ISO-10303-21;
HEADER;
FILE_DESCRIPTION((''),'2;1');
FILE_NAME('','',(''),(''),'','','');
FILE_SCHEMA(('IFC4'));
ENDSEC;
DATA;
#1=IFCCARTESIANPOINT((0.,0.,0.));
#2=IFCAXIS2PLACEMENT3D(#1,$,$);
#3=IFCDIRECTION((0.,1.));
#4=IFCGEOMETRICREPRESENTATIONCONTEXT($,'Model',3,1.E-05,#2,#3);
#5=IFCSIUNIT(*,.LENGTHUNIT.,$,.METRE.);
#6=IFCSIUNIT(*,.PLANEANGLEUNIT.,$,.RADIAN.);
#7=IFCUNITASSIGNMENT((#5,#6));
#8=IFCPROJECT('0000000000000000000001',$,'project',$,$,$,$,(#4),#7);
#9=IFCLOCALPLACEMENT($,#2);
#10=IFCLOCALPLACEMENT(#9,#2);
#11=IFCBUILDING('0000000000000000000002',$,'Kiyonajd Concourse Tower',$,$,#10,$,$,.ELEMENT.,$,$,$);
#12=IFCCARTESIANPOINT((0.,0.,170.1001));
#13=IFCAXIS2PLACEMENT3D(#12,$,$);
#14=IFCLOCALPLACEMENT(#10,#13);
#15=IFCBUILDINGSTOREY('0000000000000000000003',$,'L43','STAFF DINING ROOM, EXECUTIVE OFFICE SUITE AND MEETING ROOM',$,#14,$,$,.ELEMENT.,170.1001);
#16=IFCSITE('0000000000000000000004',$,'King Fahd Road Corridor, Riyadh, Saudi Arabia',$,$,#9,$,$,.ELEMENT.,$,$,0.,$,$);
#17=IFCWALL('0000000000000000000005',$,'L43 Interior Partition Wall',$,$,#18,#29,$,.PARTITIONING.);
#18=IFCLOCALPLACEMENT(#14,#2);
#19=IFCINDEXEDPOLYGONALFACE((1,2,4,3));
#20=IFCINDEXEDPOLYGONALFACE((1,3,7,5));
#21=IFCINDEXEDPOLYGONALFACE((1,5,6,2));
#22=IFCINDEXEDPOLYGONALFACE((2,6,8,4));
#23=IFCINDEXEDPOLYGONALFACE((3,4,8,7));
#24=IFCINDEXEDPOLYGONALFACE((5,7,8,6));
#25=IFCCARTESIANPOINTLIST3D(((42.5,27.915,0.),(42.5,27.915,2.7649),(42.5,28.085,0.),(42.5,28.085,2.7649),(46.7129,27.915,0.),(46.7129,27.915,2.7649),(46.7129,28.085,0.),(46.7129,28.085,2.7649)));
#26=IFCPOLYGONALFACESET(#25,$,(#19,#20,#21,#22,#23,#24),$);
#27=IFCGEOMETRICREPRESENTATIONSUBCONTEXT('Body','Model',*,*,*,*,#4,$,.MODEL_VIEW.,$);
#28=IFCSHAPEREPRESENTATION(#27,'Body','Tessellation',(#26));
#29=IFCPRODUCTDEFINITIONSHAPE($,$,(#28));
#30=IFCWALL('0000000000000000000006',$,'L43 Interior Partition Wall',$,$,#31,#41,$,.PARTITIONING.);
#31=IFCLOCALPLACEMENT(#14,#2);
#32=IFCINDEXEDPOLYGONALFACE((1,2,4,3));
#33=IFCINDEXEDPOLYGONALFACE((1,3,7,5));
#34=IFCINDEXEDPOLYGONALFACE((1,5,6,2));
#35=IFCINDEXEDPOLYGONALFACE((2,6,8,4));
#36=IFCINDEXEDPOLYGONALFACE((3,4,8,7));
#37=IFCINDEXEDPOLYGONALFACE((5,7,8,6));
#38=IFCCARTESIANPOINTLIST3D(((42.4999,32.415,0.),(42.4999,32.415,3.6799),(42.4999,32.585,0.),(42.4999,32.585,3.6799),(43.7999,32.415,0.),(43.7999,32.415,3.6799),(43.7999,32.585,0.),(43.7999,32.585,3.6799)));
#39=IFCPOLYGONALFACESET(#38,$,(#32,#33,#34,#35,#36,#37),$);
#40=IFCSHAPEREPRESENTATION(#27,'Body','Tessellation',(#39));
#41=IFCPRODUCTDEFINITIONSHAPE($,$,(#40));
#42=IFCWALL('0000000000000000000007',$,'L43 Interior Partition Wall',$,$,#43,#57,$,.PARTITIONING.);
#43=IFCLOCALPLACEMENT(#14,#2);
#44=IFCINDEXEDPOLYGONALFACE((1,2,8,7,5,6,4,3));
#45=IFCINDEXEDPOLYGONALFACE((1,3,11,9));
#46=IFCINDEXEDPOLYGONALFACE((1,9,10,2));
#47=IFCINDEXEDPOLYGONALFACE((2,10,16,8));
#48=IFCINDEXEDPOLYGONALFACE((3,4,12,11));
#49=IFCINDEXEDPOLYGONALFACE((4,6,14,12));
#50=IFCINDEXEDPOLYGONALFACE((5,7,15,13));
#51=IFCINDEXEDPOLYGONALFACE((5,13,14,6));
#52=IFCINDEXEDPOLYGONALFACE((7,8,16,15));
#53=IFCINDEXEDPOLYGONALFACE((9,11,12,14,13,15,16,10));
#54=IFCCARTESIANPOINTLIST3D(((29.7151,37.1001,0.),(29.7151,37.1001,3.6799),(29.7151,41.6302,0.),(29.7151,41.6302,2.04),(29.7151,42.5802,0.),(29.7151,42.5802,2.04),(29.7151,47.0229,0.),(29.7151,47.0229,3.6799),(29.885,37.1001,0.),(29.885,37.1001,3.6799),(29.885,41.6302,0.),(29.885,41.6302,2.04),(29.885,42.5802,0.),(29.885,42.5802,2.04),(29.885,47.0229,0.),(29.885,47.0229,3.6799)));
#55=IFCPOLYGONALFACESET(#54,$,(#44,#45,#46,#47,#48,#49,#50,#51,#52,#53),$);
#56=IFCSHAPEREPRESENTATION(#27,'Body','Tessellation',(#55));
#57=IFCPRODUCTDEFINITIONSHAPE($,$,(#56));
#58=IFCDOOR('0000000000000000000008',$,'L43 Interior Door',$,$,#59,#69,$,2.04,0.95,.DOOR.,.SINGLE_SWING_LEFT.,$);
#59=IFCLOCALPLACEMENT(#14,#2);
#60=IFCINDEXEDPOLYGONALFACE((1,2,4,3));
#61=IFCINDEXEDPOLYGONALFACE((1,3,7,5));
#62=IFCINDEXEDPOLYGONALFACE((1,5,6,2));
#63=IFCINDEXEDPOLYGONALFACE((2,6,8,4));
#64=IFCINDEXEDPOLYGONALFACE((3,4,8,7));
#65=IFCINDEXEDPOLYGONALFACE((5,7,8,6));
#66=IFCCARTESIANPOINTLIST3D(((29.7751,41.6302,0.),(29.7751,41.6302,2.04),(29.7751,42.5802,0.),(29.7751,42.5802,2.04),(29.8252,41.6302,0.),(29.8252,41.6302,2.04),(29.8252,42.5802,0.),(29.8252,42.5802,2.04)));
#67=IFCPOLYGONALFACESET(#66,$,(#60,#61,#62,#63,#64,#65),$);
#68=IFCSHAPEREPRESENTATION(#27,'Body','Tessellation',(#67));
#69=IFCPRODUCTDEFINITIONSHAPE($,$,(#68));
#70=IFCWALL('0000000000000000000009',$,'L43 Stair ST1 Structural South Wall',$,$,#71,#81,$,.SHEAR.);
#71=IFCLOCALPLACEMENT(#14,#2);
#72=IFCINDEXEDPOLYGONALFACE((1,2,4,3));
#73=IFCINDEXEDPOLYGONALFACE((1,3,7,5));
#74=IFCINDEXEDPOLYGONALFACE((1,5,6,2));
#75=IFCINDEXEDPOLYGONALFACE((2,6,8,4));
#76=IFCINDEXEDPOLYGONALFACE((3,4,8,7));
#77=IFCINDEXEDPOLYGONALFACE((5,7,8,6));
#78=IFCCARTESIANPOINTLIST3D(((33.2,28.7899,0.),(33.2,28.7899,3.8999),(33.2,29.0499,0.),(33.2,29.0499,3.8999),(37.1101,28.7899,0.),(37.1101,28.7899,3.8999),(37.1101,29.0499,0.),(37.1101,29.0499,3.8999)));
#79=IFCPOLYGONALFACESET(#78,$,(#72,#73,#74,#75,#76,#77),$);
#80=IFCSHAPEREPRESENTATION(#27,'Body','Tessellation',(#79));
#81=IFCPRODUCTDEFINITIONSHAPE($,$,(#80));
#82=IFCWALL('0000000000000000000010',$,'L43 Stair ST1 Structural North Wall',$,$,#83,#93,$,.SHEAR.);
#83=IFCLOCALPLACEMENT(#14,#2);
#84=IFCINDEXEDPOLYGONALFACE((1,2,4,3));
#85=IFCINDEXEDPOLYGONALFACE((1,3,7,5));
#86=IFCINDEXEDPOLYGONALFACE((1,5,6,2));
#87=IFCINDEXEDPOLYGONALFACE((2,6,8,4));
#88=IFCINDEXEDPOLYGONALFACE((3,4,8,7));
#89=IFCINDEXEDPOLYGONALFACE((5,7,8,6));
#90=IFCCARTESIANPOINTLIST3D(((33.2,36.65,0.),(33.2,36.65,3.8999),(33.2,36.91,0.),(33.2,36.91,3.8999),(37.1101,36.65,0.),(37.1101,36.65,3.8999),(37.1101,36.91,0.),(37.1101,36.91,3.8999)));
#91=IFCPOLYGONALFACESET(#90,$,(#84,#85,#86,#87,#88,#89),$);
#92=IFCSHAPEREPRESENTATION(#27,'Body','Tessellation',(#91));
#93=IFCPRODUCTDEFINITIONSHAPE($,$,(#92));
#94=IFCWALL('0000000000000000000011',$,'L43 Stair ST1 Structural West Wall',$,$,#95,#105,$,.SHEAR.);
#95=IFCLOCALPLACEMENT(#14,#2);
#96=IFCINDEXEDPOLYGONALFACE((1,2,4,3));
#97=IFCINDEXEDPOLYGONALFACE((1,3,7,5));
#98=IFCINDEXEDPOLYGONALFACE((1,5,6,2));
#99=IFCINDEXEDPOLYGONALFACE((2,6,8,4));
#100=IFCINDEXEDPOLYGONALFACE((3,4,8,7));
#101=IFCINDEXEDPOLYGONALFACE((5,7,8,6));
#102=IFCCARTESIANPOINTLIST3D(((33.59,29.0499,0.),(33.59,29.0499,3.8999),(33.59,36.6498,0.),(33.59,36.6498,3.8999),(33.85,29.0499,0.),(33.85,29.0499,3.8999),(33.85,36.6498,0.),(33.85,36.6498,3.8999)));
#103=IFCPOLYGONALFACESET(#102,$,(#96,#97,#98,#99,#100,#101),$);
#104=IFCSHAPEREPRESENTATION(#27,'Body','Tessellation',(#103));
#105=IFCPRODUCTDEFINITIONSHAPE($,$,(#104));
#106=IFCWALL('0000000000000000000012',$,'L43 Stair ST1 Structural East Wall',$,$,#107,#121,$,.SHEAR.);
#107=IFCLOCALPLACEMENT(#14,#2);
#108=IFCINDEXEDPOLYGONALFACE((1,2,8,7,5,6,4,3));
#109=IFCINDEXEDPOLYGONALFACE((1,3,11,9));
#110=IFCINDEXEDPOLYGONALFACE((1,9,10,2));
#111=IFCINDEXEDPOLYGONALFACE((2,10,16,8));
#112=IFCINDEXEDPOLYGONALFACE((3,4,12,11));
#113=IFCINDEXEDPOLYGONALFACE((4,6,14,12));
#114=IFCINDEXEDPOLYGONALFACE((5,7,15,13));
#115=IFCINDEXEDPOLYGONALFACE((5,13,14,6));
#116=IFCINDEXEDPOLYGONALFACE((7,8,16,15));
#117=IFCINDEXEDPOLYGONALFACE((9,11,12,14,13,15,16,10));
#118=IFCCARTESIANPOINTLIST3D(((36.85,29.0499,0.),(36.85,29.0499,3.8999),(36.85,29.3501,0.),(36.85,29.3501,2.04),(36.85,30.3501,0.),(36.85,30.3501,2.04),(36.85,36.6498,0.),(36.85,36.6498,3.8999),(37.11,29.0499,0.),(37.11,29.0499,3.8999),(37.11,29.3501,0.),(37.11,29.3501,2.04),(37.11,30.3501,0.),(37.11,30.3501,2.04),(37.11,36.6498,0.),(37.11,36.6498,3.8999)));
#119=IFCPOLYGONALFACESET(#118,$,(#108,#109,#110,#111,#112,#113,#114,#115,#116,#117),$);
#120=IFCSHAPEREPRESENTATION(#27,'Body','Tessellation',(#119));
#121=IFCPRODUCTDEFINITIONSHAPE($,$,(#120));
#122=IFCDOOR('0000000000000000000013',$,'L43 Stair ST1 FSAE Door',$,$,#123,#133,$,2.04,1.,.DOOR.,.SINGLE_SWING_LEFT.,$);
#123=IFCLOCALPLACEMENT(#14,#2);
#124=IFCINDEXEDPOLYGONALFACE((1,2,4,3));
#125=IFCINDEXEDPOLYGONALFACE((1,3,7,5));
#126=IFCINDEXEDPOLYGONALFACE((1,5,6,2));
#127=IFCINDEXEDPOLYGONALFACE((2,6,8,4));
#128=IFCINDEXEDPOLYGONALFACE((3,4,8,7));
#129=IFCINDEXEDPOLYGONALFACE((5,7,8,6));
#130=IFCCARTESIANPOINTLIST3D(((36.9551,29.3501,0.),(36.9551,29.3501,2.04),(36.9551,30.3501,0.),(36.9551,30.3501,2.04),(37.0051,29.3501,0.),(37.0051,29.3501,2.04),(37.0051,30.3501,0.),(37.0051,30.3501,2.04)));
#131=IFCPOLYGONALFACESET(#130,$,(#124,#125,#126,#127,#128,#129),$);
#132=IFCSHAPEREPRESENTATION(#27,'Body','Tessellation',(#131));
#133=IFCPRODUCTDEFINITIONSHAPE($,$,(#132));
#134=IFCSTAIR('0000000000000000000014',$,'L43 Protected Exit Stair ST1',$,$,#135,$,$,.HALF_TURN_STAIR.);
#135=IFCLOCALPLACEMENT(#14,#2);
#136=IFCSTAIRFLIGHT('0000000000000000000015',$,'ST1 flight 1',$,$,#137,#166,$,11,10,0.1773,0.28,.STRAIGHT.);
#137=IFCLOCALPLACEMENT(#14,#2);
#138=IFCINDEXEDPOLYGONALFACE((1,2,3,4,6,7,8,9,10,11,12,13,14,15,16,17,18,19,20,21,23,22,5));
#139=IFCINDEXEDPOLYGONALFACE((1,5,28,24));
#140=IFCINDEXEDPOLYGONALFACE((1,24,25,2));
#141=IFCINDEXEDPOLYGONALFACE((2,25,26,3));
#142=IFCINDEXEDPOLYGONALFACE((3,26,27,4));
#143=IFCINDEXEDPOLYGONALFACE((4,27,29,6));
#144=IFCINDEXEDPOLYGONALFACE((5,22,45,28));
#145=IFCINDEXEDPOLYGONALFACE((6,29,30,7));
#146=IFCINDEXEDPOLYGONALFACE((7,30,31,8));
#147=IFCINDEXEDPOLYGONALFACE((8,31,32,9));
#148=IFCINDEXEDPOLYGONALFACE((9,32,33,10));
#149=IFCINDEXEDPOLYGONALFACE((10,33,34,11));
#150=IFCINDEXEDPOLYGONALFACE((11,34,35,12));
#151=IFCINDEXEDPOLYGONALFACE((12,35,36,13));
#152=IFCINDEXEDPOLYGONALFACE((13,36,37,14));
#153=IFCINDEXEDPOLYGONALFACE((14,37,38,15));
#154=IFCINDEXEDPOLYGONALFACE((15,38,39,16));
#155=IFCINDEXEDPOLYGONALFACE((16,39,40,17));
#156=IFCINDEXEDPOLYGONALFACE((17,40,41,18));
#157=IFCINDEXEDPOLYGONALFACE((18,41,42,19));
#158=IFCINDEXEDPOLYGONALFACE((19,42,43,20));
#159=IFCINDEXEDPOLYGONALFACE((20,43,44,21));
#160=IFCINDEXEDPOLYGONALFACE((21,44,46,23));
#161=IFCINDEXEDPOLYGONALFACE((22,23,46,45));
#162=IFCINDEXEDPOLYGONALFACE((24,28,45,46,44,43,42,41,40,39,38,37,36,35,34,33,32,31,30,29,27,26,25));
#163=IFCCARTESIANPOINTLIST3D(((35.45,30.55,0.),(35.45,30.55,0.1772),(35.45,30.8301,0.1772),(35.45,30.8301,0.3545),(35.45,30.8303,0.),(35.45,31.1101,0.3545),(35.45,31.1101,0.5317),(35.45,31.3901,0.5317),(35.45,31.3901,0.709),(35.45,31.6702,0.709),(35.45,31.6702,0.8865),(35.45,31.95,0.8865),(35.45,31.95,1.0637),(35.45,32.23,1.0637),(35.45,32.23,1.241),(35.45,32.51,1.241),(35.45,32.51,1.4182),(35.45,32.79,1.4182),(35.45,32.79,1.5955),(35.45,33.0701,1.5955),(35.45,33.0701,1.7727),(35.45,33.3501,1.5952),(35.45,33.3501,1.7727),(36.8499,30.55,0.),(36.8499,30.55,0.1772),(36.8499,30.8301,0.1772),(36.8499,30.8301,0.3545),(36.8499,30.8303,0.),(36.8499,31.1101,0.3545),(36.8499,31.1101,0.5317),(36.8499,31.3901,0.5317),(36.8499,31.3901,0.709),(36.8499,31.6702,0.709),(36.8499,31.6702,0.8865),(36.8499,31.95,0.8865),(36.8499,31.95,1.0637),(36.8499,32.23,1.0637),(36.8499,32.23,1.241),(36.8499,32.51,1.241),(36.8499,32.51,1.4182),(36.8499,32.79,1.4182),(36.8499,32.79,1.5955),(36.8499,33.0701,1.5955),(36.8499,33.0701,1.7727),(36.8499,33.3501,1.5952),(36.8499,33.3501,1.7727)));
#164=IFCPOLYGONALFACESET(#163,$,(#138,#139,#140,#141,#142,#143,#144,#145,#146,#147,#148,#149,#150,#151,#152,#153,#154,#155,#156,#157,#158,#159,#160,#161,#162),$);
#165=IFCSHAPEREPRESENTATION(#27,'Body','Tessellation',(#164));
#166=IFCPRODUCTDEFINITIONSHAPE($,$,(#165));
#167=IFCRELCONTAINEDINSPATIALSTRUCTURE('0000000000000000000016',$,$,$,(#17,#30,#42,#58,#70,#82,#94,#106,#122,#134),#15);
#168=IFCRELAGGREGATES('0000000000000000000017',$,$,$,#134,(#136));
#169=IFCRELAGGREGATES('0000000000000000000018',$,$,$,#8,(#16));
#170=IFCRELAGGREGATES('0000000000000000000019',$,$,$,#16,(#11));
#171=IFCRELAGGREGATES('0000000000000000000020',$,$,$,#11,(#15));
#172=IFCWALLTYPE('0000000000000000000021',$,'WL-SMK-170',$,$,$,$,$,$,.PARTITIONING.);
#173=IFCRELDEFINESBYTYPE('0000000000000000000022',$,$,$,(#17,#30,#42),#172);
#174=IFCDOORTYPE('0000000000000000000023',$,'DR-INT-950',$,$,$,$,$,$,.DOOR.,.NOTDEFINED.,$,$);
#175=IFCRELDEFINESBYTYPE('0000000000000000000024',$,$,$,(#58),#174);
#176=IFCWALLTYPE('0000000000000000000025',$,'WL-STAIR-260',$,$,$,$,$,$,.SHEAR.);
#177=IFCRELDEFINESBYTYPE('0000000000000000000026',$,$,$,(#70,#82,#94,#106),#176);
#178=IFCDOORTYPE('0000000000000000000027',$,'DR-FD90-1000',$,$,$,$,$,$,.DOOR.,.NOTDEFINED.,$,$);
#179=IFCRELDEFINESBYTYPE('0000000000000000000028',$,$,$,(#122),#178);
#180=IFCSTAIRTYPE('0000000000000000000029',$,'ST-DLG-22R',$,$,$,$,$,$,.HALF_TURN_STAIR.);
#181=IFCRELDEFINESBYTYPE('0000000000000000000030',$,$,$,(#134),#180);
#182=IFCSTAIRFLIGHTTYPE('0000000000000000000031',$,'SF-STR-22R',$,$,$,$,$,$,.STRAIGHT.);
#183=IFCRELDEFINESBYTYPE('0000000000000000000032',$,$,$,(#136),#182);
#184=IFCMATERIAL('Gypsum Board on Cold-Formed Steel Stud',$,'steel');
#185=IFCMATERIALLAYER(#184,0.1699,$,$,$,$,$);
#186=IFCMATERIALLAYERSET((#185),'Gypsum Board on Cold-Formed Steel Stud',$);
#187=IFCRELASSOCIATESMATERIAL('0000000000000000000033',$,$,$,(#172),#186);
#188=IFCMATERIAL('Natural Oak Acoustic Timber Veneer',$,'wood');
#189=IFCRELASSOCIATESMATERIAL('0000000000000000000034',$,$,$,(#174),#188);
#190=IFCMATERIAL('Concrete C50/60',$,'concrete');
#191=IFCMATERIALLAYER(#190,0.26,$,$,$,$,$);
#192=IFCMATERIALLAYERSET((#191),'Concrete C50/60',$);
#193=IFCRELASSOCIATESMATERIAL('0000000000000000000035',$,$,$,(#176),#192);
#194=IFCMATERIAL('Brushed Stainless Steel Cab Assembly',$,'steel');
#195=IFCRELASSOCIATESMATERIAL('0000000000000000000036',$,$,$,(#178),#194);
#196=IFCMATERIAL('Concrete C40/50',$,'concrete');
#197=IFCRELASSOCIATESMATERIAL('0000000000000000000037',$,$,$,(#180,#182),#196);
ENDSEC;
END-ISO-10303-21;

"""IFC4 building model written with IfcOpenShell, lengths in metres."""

from ifc_helpers import new_model, si_unit, direction, frame, frame_2d, origin, place, context, subcontext, project, spatial, polyline, rectangle, outline, extrude, material, layer, layer_set, type_object, element, fill, aggregate, save


model = new_model("IFC4")

# Units and contexts
model_context = context("Model", 3, precision=1e-05, world=origin(), true_north=direction((0.0, 1.0)))
body_context = subcontext(model_context, "Body", "Model", "MODEL_VIEW")
ifc_project = project(units=[si_unit("LENGTHUNIT", "METRE"), si_unit("PLANEANGLEUNIT", "RADIAN")], contexts=[model_context])

# Site, building, storey
site_placement = place(None, origin())
site = spatial("IfcSite", under=ifc_project, at=site_placement, Name="King Fahd Road Corridor, Riyadh, Saudi Arabia", CompositionType="ELEMENT", RefElevation=0.0)
building_placement = place(site_placement, origin())
building = spatial("IfcBuilding", under=site, at=building_placement, Name="Kiyonajd Concourse Tower", CompositionType="ELEMENT")
storey_placement = place(building_placement, frame((0.0, 0.0, 170.1001)))
storey = spatial("IfcBuildingStorey", under=building, at=storey_placement, Name="L43", Description="STAFF DINING ROOM, EXECUTIVE OFFICE SUITE AND MEETING ROOM", CompositionType="ELEMENT", Elevation=170.1001)

# Shared definitions
ifc_material_1 = material(Name="Concrete C50/60", Category="concrete")

# Shared definitions
ifc_material_2 = material(Name="Gypsum Board on Cold-Formed Steel Stud", Category="steel")
ifc_material_3 = material(Name="Brushed Stainless Steel Cab Assembly", Category="steel")

# Walls
ifc_layer_1 = layer(ifc_material_2, 0.1699)
ifc_layer_set_1 = layer_set([ifc_layer_1], Name="Gypsum Board on Cold-Formed Steel Stud")
wall_type_1 = type_object("IfcWallType", Name="WL-SMK-170", PredefinedType="PARTITIONING", material=ifc_layer_set_1)
wall_1_placement = place(storey_placement, frame((42.5, 28.0, 0.0), z_axis=(0.0, 0.0, 1.0), x_axis=(1.0, 0.0, 0.0)))
element("IfcWall", 1, at=wall_1_placement, inside=storey, type_object=wall_type_1, Name="L43 Interior Partition Wall", PredefinedType="PARTITIONING", context=body_context, shape_type="SweptSolid", body=[
    extrude(rectangle(XDim=4.2129, YDim=0.1699, at=frame_2d((2.1064, 0.0))), origin(), (0.0, 0.0, 1.0), 2.7649),
])
wall_2_placement = place(storey_placement, frame((42.5, 32.5, 0.0), z_axis=(0.0, 0.0, 1.0), x_axis=(1.0, 0.0, 0.0)))
element("IfcWall", 2, at=wall_2_placement, inside=storey, type_object=wall_type_1, Name="L43 Interior Partition Wall", PredefinedType="PARTITIONING", context=body_context, shape_type="SweptSolid", body=[
    extrude(rectangle(XDim=1.3, YDim=0.1699, at=frame_2d((0.6499, 0.0))), origin(), (0.0, 0.0, 1.0), 3.6799),
])

# Wall, opening, door
wall_3_placement = place(storey_placement, frame((29.8, 37.1001, 0.0), z_axis=(0.0, 0.0, 1.0), x_axis=(0.0, 1.0, 0.0)))
wall_3 = element("IfcWall", 3, at=wall_3_placement, inside=storey, type_object=wall_type_1, Name="L43 Interior Partition Wall", PredefinedType="PARTITIONING", context=body_context, shape_type="SweptSolid", body=[
    extrude(rectangle(XDim=9.9229, YDim=0.1699, at=frame_2d((4.9614, 0.0))), origin(), (0.0, 0.0, 1.0), 3.6799),
])
opening_1_placement = place(wall_3_placement, frame((4.53, 0.0, 0.0)))
opening_1 = element("IfcOpeningElement", 4, at=opening_1_placement, cuts=wall_3, PredefinedType="OPENING", context=body_context, shape_type="SweptSolid", body=[
    extrude(rectangle(XDim=0.95, YDim=2.04, at=frame_2d((0.4751, 1.02))), frame((0.0, 0.095, 0.0), z_axis=(0.0, -1.0, 0.0), x_axis=(1.0, 0.0, 0.0)), (0.0, 0.0, 1.0), 0.1899),
])
ifc_material_4 = material(Name="Natural Oak Acoustic Timber Veneer", Category="wood")
door_type_1 = type_object("IfcDoorType", Name="DR-INT-950", OperationType="NOTDEFINED", PredefinedType="DOOR", material=ifc_material_4)
door_1_placement = place(opening_1_placement, origin())
door_1 = element("IfcDoor", 5, at=door_1_placement, inside=storey, type_object=door_type_1, Name="L43 Interior Door", OperationType="SINGLE_SWING_LEFT", OverallHeight=2.04, OverallWidth=0.95, PredefinedType="DOOR", context=body_context, shape_type="SweptSolid", body=[
    extrude(rectangle(XDim=0.95, YDim=2.04, at=frame_2d((0.4751, 1.02))), frame((0.0, 0.0249, 0.0), z_axis=(0.0, -1.0, 0.0), x_axis=(1.0, 0.0, 0.0)), (0.0, 0.0, 1.0), 0.05),
])
fill(opening_1, door_1)

# Walls
ifc_layer_2 = layer(ifc_material_1, 0.26)
ifc_layer_set_2 = layer_set([ifc_layer_2], Name="Concrete C50/60")
wall_type_2 = type_object("IfcWallType", Name="WL-STAIR-260", PredefinedType="SHEAR", material=ifc_layer_set_2)
for number, where, z_axis, x_axis, name in (
    (6, (33.2, 28.9199, 0.0), (0.0, 0.0, 1.0), (1.0, 0.0, 0.0), "L43 Stair ST1 Structural South Wall"),
    (7, (33.2, 36.78, 0.0), (0.0, 0.0, 1.0), (1.0, 0.0, 0.0), "L43 Stair ST1 Structural North Wall"),
):
    element("IfcWall", number, at=place(storey_placement, frame(where, z_axis=z_axis, x_axis=x_axis)), inside=storey, type_object=wall_type_2, Name=name, PredefinedType="SHEAR", context=body_context, shape_type="SweptSolid", body=[
        extrude(rectangle(XDim=3.9102, YDim=0.26, at=frame_2d((1.9551, 0.0))), origin(), (0.0, 0.0, 1.0), 3.8999),
    ])
wall_4_placement = place(storey_placement, frame((33.72, 29.05, 0.0), z_axis=(0.0, 0.0, 1.0), x_axis=(0.0, 1.0, 0.0)))
element("IfcWall", 8, at=wall_4_placement, inside=storey, type_object=wall_type_2, Name="L43 Stair ST1 Structural West Wall", PredefinedType="SHEAR", context=body_context, shape_type="SweptSolid", body=[
    extrude(rectangle(XDim=7.5999, YDim=0.26, at=frame_2d((3.7998, 0.0))), origin(), (0.0, 0.0, 1.0), 3.8999),
])

# Wall, opening, door
wall_5_placement = place(storey_placement, frame((36.98, 29.05, 0.0), z_axis=(0.0, 0.0, 1.0), x_axis=(0.0, 1.0, 0.0)))
wall_5 = element("IfcWall", 9, at=wall_5_placement, inside=storey, type_object=wall_type_2, Name="L43 Stair ST1 Structural East Wall", PredefinedType="SHEAR", context=body_context, shape_type="SweptSolid", body=[
    extrude(rectangle(XDim=7.5999, YDim=0.26, at=frame_2d((3.7998, 0.0))), origin(), (0.0, 0.0, 1.0), 3.8999),
])
opening_2_placement = place(wall_5_placement, frame((0.3, 0.0, 0.0)))
opening_2 = element("IfcOpeningElement", 10, at=opening_2_placement, cuts=wall_5, PredefinedType="OPENING", context=body_context, shape_type="SweptSolid", body=[
    extrude(rectangle(XDim=1.0, YDim=2.04, at=frame_2d((0.5, 1.02))), frame((0.0, 0.1399, 0.0), z_axis=(0.0, -1.0, 0.0), x_axis=(1.0, 0.0, 0.0)), (0.0, 0.0, 1.0), 0.28),
])
door_type_2 = type_object("IfcDoorType", Name="DR-FD90-1000", OperationType="NOTDEFINED", PredefinedType="DOOR", material=ifc_material_3)
door_2_placement = place(opening_2_placement, origin())
door_2 = element("IfcDoor", 11, at=door_2_placement, inside=storey, type_object=door_type_2, Name="L43 Stair ST1 FSAE Door", OperationType="SINGLE_SWING_LEFT", OverallHeight=2.04, OverallWidth=1.0, PredefinedType="DOOR", context=body_context, shape_type="SweptSolid", body=[
    extrude(rectangle(XDim=1.0, YDim=2.04, at=frame_2d((0.5, 1.02))), frame((0.0, 0.0249, 0.0), z_axis=(0.0, -1.0, 0.0), x_axis=(1.0, 0.0, 0.0)), (0.0, 0.0, 1.0), 0.05),
])
fill(opening_2, door_2)

# Stair, stair flight
ifc_material_5 = material(Name="Concrete C40/50", Category="concrete")
stair_type = type_object("IfcStairType", Name="ST-DLG-22R", PredefinedType="HALF_TURN_STAIR", material=ifc_material_5)
stair_placement = place(storey_placement, origin())
stair = element("IfcStair", 12, at=stair_placement, inside=storey, type_object=stair_type, Name="L43 Protected Exit Stair ST1", PredefinedType="HALF_TURN_STAIR")
stair_flight_type = type_object("IfcStairFlightType", Name="SF-STR-22R", PredefinedType="STRAIGHT", material=ifc_material_5)
stair_flight_1_placement = place(storey_placement, frame((36.1499, 30.55, 0.0), z_axis=(0.0, 0.0, 1.0), x_axis=(0.0, 1.0, 0.0)))
stair_flight_1 = element("IfcStairFlight", 13, at=stair_flight_1_placement, type_object=stair_flight_type, Name="ST1 flight 1", NumberOfRisers=11, NumberOfTreads=10, PredefinedType="STRAIGHT", RiserHeight=0.1773, TreadLength=0.28, context=body_context, shape_type="SweptSolid", body=[
    extrude(outline(polyline([(0.0, 0.0), (0.0, 0.1772), (0.28, 0.1772), (0.28, 0.3545), (0.5601, 0.3545), (0.5601, 0.5317), (0.8401, 0.5317), (0.8401, 0.709), (1.1201, 0.709), (1.1201, 0.8865), (1.3999, 0.8865), (1.3999, 1.0637), (1.6799, 1.0637), (1.6799, 1.241), (1.96, 1.241), (1.96, 1.4182), (2.24, 1.4182), (2.24, 1.5955), (2.52, 1.5955), (2.52, 1.7727), (2.8, 1.7727), (2.8, 1.95), (2.8, 1.5952), (0.2803, 0.0), (0.0, 0.0)])), frame((0.0, 0.7, 0.0), z_axis=(0.0, -1.0, 0.0), x_axis=(1.0, 0.0, 0.0)), (0.0, 0.0, 1.0), 1.3999),
])
aggregate(stair, [stair_flight_1])

save(model, "model.ifc")
